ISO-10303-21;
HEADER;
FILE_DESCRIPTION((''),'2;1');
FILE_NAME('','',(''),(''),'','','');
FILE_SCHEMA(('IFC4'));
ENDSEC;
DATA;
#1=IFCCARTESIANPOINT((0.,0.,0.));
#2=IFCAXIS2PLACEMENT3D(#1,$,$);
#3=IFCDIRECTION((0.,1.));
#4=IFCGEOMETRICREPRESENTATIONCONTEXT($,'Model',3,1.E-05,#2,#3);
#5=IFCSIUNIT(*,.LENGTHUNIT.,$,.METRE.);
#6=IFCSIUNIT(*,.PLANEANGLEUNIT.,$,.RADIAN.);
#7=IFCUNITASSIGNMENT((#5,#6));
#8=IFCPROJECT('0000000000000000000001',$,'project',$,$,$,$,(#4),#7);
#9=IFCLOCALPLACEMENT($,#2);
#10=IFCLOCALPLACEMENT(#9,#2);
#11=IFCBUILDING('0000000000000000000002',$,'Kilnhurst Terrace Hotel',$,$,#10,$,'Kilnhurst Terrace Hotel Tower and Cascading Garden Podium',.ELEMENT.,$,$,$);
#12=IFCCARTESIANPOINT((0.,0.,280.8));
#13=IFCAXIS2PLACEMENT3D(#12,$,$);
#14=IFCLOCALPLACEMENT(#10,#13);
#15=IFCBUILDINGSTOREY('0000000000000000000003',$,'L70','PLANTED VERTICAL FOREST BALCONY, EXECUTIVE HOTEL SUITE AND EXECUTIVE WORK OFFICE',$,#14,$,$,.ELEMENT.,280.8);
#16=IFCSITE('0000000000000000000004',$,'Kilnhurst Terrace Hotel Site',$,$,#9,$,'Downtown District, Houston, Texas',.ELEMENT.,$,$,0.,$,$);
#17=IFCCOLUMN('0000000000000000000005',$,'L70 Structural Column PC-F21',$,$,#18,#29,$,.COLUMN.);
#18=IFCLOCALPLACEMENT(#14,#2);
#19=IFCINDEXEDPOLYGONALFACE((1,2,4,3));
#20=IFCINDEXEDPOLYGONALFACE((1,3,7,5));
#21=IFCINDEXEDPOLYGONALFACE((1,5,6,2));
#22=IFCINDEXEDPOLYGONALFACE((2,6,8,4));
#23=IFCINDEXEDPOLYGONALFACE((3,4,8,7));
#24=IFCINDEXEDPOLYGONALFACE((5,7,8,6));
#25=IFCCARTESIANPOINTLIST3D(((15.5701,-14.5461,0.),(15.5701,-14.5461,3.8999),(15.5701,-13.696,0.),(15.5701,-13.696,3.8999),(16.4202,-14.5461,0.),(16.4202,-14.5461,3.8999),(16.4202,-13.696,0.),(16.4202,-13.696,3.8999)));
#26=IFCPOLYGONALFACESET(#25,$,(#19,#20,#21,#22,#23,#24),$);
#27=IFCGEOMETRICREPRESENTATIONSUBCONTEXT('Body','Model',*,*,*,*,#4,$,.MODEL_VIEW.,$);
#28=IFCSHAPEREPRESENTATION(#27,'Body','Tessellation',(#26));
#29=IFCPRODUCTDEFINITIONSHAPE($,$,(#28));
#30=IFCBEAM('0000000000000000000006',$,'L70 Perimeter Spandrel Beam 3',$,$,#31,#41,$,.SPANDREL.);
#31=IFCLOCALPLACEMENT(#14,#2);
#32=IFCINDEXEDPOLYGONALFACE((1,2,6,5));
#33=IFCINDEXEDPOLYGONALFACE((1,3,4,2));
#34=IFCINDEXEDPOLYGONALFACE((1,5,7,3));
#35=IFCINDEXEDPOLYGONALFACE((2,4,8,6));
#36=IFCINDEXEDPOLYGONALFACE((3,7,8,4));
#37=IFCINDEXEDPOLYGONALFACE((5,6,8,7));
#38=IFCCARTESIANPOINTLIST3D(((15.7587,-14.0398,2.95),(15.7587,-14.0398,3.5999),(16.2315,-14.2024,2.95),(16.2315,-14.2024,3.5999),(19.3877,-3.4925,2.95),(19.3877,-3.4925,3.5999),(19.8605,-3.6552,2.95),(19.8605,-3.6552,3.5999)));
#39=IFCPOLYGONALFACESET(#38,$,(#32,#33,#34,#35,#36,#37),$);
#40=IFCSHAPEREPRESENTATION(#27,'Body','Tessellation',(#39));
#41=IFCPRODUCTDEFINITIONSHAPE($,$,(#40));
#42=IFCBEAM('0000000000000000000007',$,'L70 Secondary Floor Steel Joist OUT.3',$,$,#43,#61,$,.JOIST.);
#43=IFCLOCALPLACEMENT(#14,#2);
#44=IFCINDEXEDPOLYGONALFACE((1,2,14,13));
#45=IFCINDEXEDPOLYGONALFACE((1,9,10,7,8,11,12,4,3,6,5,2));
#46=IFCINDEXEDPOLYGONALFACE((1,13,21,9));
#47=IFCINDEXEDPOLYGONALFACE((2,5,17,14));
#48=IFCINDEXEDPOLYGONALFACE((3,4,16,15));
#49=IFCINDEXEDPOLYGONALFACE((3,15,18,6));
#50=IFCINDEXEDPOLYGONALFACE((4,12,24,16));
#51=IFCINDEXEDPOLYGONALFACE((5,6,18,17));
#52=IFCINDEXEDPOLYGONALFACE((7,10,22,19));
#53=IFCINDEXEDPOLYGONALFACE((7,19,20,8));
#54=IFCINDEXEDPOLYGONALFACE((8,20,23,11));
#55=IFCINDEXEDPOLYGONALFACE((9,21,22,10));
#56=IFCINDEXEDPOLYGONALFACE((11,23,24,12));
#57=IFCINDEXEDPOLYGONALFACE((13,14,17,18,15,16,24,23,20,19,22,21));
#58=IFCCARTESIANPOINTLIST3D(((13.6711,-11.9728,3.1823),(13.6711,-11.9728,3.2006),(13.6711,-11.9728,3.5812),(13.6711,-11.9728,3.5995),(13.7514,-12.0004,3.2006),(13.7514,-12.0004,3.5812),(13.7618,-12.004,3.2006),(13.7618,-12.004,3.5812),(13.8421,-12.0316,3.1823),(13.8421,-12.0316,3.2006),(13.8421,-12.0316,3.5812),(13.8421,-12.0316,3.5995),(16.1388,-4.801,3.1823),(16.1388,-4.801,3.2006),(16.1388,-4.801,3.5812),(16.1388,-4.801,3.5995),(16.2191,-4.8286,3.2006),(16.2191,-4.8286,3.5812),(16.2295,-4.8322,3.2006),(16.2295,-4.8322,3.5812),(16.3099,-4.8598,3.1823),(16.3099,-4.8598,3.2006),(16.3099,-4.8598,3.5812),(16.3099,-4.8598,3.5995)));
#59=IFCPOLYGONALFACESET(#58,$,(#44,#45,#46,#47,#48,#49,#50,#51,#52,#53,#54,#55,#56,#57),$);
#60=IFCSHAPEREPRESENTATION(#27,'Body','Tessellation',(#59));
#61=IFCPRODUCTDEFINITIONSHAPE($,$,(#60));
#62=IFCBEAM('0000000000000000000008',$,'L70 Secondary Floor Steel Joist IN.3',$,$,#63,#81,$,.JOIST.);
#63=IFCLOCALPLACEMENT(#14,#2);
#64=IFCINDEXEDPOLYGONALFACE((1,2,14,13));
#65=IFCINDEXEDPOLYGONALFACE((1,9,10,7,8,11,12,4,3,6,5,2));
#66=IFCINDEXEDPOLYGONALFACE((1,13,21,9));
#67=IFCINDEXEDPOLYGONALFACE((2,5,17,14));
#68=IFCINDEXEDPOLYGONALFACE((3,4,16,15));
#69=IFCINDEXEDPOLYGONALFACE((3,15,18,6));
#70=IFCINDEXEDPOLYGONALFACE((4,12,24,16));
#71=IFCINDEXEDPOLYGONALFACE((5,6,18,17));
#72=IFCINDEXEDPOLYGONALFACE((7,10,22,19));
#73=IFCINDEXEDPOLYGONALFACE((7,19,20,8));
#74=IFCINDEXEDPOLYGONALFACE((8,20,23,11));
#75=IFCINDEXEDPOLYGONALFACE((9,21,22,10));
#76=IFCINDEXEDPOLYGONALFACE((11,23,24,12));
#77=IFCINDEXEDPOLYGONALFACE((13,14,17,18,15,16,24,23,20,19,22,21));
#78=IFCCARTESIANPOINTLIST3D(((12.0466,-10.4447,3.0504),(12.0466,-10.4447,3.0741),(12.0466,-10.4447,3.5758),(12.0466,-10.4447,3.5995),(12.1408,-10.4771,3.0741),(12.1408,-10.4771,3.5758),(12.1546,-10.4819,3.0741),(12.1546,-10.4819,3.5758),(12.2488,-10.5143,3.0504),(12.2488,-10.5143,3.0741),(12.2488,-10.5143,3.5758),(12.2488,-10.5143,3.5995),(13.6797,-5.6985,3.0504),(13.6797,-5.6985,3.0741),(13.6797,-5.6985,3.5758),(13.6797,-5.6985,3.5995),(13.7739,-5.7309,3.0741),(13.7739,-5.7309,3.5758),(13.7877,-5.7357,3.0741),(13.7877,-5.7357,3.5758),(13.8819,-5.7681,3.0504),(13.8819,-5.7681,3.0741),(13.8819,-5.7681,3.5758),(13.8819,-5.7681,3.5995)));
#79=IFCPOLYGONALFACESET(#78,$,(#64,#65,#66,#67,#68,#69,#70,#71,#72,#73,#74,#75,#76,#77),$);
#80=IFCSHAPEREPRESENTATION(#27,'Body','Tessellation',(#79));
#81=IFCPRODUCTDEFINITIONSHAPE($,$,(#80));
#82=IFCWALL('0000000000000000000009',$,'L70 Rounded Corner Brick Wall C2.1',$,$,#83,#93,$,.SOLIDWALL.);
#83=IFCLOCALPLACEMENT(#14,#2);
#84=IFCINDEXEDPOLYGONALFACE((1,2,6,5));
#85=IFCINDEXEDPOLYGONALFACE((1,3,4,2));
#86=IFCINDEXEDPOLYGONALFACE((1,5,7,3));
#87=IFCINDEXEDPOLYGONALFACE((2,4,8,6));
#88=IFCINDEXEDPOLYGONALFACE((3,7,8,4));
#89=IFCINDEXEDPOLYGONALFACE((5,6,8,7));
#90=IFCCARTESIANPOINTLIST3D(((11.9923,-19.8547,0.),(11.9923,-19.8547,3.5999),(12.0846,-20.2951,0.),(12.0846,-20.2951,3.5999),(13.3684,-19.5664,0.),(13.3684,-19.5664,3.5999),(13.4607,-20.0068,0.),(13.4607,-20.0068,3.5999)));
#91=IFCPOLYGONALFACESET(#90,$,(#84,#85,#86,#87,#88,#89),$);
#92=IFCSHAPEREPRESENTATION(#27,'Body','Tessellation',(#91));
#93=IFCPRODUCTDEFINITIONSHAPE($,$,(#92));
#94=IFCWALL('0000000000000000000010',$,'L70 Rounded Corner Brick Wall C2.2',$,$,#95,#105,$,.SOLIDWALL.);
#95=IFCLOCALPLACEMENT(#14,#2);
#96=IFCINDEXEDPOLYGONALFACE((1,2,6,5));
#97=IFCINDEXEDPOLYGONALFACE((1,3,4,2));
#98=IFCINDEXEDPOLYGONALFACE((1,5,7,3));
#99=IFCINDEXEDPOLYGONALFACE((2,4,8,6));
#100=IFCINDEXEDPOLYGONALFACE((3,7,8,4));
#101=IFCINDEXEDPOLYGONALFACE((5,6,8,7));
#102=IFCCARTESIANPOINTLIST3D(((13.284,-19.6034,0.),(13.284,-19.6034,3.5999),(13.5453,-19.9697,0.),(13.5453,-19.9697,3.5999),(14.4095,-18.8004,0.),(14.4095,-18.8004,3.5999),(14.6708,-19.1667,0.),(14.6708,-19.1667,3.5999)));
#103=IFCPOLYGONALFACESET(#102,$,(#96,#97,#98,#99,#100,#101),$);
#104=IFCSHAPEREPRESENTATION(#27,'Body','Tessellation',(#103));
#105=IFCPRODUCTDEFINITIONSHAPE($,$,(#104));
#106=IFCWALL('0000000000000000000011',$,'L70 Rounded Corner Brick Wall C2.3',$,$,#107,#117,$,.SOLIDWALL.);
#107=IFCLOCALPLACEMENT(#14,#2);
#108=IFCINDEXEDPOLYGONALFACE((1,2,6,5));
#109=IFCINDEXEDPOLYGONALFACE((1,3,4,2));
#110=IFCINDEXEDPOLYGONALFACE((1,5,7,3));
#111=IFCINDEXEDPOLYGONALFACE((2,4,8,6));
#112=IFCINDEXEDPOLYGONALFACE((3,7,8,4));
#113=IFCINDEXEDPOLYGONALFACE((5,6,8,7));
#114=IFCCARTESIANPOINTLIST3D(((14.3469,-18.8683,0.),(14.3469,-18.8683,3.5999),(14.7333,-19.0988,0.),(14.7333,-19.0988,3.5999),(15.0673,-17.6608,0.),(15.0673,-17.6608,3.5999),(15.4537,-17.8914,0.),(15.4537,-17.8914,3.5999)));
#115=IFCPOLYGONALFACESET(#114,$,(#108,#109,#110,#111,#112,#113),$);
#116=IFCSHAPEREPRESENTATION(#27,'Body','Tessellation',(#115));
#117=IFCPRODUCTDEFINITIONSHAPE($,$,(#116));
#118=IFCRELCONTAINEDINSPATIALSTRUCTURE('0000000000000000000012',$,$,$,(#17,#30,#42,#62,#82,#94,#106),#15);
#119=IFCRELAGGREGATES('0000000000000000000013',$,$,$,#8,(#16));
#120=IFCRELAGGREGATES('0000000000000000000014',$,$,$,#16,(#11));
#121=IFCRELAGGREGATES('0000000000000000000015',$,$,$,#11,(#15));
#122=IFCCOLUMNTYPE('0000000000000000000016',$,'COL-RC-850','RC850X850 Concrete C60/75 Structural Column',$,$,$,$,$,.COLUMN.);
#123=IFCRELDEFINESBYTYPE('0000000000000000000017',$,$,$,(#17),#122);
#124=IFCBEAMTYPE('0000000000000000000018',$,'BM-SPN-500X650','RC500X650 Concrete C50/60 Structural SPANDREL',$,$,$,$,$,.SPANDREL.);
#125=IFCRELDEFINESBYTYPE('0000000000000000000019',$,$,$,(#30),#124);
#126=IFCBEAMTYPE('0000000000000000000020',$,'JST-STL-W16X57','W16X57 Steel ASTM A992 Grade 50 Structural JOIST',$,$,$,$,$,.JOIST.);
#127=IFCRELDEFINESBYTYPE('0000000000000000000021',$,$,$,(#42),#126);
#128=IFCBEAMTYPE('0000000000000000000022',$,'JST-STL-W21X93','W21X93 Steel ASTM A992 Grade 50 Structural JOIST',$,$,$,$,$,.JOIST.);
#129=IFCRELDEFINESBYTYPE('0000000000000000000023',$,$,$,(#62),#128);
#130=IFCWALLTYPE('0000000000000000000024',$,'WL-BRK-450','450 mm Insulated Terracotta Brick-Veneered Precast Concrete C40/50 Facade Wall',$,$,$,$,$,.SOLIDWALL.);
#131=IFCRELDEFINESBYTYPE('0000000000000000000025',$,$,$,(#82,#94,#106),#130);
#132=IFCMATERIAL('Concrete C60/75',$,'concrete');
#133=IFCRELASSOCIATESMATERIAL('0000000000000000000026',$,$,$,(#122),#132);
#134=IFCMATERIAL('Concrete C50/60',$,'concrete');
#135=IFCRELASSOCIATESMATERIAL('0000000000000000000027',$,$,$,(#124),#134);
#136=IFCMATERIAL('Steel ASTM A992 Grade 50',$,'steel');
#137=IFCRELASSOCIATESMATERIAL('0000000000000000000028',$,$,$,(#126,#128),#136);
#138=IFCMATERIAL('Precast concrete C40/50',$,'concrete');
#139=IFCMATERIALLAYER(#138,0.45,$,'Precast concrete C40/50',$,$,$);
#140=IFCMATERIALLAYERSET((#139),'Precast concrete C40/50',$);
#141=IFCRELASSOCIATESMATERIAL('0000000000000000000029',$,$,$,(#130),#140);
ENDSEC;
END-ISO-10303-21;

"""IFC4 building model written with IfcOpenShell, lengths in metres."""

from ifc_helpers import new_model, si_unit, direction, frame, frame_2d, origin, origin_2d, place, context, subcontext, project, spatial, rectangle, i_section, extrude, material, layer, layer_set, material_profile, profile_set, type_object, element, save


model = new_model("IFC4")

# Units and contexts
model_context = context("Model", 3, precision=1e-05, world=origin(), true_north=direction((0.0, 1.0)))
body_context = subcontext(model_context, "Body", "Model", "MODEL_VIEW")
ifc_project = project(units=[si_unit("LENGTHUNIT", "METRE"), si_unit("PLANEANGLEUNIT", "RADIAN")], contexts=[model_context])

# Site, building, storey
site_placement = place(None, origin())
site = spatial("IfcSite", under=ifc_project, at=site_placement, Name="Kilnhurst Terrace Hotel Site", LongName="Downtown District, Houston, Texas", CompositionType="ELEMENT", RefElevation=0.0)
building_placement = place(site_placement, origin())
building = spatial("IfcBuilding", under=site, at=building_placement, Name="Kilnhurst Terrace Hotel", LongName="Kilnhurst Terrace Hotel Tower and Cascading Garden Podium", CompositionType="ELEMENT")
storey_placement = place(building_placement, frame((0.0, 0.0, 280.8)))
storey = spatial("IfcBuildingStorey", under=building, at=storey_placement, Name="L70", Description="PLANTED VERTICAL FOREST BALCONY, EXECUTIVE HOTEL SUITE AND EXECUTIVE WORK OFFICE", CompositionType="ELEMENT", Elevation=280.8)

# Column
ifc_material_1 = material(Name="Concrete C60/75", Category="concrete")
ifc_material_profile_1 = material_profile(ifc_material_1, rectangle(XDim=0.8501, YDim=0.8501, at=origin_2d()), Name="RC850X850")
ifc_profile_set_1 = profile_set([ifc_material_profile_1], Name="Concrete C60/75")
column_type = type_object("IfcColumnType", Name="COL-RC-850", Description="RC850X850 Concrete C60/75 Structural Column", PredefinedType="COLUMN", material=ifc_profile_set_1)
column_placement = place(storey_placement, frame((15.9951, -14.1211, 0.0), z_axis=(0.0, 0.0, 1.0), x_axis=(1.0, 0.0, 0.0)))
element("IfcColumn", 1, at=column_placement, inside=storey, type_object=column_type, Name="L70 Structural Column PC-F21", PredefinedType="COLUMN", context=body_context, shape_type="SweptSolid", body=[
    extrude(rectangle(XDim=0.8501, YDim=0.8501, at=origin_2d()), origin(), (0.0, 0.0, 1.0), 3.8999),
])

# Beams
ifc_material_2 = material(Name="Concrete C50/60", Category="concrete")
ifc_material_profile_2 = material_profile(ifc_material_2, rectangle(XDim=0.5, YDim=0.6499, at=origin_2d()), Name="RC500X650")
ifc_profile_set_2 = profile_set([ifc_material_profile_2], Name="Concrete C50/60")
beam_type_1 = type_object("IfcBeamType", Name="BM-SPN-500X650", Description="RC500X650 Concrete C50/60 Structural SPANDREL", PredefinedType="SPANDREL", material=ifc_profile_set_2)
beam_1_placement = place(storey_placement, frame((15.9951, -14.1211, 3.2749), z_axis=(0.325347, 0.945595, 0.0), x_axis=(-0.945595, 0.325347, 0.0)))
element("IfcBeam", 2, at=beam_1_placement, inside=storey, type_object=beam_type_1, Name="L70 Perimeter Spandrel Beam 3", PredefinedType="SPANDREL", context=body_context, shape_type="SweptSolid", body=[
    extrude(rectangle(XDim=0.5, YDim=0.6499, at=origin_2d()), origin(), (0.0, 0.0, 1.0), 11.1541),
])
ifc_material_3 = material(Name="Steel ASTM A992 Grade 50", Category="steel")
ifc_material_profile_3 = material_profile(ifc_material_3, i_section(OverallWidth=0.1809, OverallDepth=0.4172, WebThickness=0.011, FlangeThickness=0.0183, at=origin_2d()), Name="W16X57")
ifc_profile_set_3 = profile_set([ifc_material_profile_3], Name="Steel ASTM A992 Grade 50")
beam_type_2 = type_object("IfcBeamType", Name="JST-STL-W16X57", Description="W16X57 Steel ASTM A992 Grade 50 Structural JOIST", PredefinedType="JOIST", material=ifc_profile_set_3)
beam_2_placement = place(storey_placement, frame((13.7566, -12.0022, 3.3909), z_axis=(0.325368, 0.945588, 0.0), x_axis=(-0.945588, 0.325368, 0.0)))
element("IfcBeam", 3, at=beam_2_placement, inside=storey, type_object=beam_type_2, Name="L70 Secondary Floor Steel Joist OUT.3", PredefinedType="JOIST", context=body_context, shape_type="SweptSolid", body=[
    extrude(i_section(OverallWidth=0.1809, OverallDepth=0.4172, WebThickness=0.011, FlangeThickness=0.0183, at=origin_2d()), origin(), (0.0, 0.0, 1.0), 7.5845),
])
ifc_material_profile_4 = material_profile(ifc_material_3, i_section(OverallWidth=0.2139, OverallDepth=0.5491, WebThickness=0.0146, FlangeThickness=0.0237, at=origin_2d()), Name="W21X93")
ifc_profile_set_4 = profile_set([ifc_material_profile_4], Name="Steel ASTM A992 Grade 50")
beam_type_3 = type_object("IfcBeamType", Name="JST-STL-W21X93", Description="W21X93 Steel ASTM A992 Grade 50 Structural JOIST", PredefinedType="JOIST", material=ifc_profile_set_4)
beam_3_placement = place(storey_placement, frame((12.1477, -10.4795, 3.325), z_axis=(0.325363, 0.945589, 0.0), x_axis=(-0.945589, 0.325363, 0.0)))
element("IfcBeam", 4, at=beam_3_placement, inside=storey, type_object=beam_type_3, Name="L70 Secondary Floor Steel Joist IN.3", PredefinedType="JOIST", context=body_context, shape_type="SweptSolid", body=[
    extrude(i_section(OverallWidth=0.2139, OverallDepth=0.5491, WebThickness=0.0146, FlangeThickness=0.0237, at=origin_2d()), origin(), (0.0, 0.0, 1.0), 5.0193),
])

# Walls
ifc_material_4 = material(Name="Precast concrete C40/50", Category="concrete")
ifc_layer_1 = layer(ifc_material_4, 0.45, Name="Precast concrete C40/50")
ifc_layer_set_1 = layer_set([ifc_layer_1], Name="Precast concrete C40/50")
wall_type_1 = type_object("IfcWallType", Name="WL-BRK-450", Description="450 mm Insulated Terracotta Brick-Veneered Precast Concrete C40/50 Facade Wall", PredefinedType="SOLIDWALL", material=ifc_layer_set_1)
wall_1_placement = place(storey_placement, frame((12.0383, -20.075, 0.0), z_axis=(0.0, 0.0, 1.0), x_axis=(0.97875, 0.205057, 0.0)))
element("IfcWall", 5, at=wall_1_placement, inside=storey, type_object=wall_type_1, Name="L70 Rounded Corner Brick Wall C2.1", PredefinedType="SOLIDWALL", context=body_context, shape_type="SweptSolid", body=[
    extrude(rectangle(XDim=1.406, YDim=0.45, at=frame_2d((0.7031, 0.0))), origin(), (0.0, 0.0, 1.0), 3.5999),
])
wall_2_placement = place(storey_placement, frame((13.4146, -19.7866, 0.0), z_axis=(0.0, 0.0, 1.0), x_axis=(0.814055, 0.580787, 0.0)))
element("IfcWall", 6, at=wall_2_placement, inside=storey, type_object=wall_type_1, Name="L70 Rounded Corner Brick Wall C2.2", PredefinedType="SOLIDWALL", context=body_context, shape_type="SweptSolid", body=[
    extrude(rectangle(XDim=1.3826, YDim=0.45, at=frame_2d((0.6914, 0.0))), origin(), (0.0, 0.0, 1.0), 3.5999),
])
wall_3_placement = place(storey_placement, frame((14.54, -18.9836, 0.0), z_axis=(0.0, 0.0, 1.0), x_axis=(0.512375, 0.858762, 0.0)))
element("IfcWall", 7, at=wall_3_placement, inside=storey, type_object=wall_type_1, Name="L70 Rounded Corner Brick Wall C2.3", PredefinedType="SOLIDWALL", context=body_context, shape_type="SweptSolid", body=[
    extrude(rectangle(XDim=1.406, YDim=0.45, at=frame_2d((0.7031, 0.0))), origin(), (0.0, 0.0, 1.0), 3.5999),
])

save(model, "model.ifc")
